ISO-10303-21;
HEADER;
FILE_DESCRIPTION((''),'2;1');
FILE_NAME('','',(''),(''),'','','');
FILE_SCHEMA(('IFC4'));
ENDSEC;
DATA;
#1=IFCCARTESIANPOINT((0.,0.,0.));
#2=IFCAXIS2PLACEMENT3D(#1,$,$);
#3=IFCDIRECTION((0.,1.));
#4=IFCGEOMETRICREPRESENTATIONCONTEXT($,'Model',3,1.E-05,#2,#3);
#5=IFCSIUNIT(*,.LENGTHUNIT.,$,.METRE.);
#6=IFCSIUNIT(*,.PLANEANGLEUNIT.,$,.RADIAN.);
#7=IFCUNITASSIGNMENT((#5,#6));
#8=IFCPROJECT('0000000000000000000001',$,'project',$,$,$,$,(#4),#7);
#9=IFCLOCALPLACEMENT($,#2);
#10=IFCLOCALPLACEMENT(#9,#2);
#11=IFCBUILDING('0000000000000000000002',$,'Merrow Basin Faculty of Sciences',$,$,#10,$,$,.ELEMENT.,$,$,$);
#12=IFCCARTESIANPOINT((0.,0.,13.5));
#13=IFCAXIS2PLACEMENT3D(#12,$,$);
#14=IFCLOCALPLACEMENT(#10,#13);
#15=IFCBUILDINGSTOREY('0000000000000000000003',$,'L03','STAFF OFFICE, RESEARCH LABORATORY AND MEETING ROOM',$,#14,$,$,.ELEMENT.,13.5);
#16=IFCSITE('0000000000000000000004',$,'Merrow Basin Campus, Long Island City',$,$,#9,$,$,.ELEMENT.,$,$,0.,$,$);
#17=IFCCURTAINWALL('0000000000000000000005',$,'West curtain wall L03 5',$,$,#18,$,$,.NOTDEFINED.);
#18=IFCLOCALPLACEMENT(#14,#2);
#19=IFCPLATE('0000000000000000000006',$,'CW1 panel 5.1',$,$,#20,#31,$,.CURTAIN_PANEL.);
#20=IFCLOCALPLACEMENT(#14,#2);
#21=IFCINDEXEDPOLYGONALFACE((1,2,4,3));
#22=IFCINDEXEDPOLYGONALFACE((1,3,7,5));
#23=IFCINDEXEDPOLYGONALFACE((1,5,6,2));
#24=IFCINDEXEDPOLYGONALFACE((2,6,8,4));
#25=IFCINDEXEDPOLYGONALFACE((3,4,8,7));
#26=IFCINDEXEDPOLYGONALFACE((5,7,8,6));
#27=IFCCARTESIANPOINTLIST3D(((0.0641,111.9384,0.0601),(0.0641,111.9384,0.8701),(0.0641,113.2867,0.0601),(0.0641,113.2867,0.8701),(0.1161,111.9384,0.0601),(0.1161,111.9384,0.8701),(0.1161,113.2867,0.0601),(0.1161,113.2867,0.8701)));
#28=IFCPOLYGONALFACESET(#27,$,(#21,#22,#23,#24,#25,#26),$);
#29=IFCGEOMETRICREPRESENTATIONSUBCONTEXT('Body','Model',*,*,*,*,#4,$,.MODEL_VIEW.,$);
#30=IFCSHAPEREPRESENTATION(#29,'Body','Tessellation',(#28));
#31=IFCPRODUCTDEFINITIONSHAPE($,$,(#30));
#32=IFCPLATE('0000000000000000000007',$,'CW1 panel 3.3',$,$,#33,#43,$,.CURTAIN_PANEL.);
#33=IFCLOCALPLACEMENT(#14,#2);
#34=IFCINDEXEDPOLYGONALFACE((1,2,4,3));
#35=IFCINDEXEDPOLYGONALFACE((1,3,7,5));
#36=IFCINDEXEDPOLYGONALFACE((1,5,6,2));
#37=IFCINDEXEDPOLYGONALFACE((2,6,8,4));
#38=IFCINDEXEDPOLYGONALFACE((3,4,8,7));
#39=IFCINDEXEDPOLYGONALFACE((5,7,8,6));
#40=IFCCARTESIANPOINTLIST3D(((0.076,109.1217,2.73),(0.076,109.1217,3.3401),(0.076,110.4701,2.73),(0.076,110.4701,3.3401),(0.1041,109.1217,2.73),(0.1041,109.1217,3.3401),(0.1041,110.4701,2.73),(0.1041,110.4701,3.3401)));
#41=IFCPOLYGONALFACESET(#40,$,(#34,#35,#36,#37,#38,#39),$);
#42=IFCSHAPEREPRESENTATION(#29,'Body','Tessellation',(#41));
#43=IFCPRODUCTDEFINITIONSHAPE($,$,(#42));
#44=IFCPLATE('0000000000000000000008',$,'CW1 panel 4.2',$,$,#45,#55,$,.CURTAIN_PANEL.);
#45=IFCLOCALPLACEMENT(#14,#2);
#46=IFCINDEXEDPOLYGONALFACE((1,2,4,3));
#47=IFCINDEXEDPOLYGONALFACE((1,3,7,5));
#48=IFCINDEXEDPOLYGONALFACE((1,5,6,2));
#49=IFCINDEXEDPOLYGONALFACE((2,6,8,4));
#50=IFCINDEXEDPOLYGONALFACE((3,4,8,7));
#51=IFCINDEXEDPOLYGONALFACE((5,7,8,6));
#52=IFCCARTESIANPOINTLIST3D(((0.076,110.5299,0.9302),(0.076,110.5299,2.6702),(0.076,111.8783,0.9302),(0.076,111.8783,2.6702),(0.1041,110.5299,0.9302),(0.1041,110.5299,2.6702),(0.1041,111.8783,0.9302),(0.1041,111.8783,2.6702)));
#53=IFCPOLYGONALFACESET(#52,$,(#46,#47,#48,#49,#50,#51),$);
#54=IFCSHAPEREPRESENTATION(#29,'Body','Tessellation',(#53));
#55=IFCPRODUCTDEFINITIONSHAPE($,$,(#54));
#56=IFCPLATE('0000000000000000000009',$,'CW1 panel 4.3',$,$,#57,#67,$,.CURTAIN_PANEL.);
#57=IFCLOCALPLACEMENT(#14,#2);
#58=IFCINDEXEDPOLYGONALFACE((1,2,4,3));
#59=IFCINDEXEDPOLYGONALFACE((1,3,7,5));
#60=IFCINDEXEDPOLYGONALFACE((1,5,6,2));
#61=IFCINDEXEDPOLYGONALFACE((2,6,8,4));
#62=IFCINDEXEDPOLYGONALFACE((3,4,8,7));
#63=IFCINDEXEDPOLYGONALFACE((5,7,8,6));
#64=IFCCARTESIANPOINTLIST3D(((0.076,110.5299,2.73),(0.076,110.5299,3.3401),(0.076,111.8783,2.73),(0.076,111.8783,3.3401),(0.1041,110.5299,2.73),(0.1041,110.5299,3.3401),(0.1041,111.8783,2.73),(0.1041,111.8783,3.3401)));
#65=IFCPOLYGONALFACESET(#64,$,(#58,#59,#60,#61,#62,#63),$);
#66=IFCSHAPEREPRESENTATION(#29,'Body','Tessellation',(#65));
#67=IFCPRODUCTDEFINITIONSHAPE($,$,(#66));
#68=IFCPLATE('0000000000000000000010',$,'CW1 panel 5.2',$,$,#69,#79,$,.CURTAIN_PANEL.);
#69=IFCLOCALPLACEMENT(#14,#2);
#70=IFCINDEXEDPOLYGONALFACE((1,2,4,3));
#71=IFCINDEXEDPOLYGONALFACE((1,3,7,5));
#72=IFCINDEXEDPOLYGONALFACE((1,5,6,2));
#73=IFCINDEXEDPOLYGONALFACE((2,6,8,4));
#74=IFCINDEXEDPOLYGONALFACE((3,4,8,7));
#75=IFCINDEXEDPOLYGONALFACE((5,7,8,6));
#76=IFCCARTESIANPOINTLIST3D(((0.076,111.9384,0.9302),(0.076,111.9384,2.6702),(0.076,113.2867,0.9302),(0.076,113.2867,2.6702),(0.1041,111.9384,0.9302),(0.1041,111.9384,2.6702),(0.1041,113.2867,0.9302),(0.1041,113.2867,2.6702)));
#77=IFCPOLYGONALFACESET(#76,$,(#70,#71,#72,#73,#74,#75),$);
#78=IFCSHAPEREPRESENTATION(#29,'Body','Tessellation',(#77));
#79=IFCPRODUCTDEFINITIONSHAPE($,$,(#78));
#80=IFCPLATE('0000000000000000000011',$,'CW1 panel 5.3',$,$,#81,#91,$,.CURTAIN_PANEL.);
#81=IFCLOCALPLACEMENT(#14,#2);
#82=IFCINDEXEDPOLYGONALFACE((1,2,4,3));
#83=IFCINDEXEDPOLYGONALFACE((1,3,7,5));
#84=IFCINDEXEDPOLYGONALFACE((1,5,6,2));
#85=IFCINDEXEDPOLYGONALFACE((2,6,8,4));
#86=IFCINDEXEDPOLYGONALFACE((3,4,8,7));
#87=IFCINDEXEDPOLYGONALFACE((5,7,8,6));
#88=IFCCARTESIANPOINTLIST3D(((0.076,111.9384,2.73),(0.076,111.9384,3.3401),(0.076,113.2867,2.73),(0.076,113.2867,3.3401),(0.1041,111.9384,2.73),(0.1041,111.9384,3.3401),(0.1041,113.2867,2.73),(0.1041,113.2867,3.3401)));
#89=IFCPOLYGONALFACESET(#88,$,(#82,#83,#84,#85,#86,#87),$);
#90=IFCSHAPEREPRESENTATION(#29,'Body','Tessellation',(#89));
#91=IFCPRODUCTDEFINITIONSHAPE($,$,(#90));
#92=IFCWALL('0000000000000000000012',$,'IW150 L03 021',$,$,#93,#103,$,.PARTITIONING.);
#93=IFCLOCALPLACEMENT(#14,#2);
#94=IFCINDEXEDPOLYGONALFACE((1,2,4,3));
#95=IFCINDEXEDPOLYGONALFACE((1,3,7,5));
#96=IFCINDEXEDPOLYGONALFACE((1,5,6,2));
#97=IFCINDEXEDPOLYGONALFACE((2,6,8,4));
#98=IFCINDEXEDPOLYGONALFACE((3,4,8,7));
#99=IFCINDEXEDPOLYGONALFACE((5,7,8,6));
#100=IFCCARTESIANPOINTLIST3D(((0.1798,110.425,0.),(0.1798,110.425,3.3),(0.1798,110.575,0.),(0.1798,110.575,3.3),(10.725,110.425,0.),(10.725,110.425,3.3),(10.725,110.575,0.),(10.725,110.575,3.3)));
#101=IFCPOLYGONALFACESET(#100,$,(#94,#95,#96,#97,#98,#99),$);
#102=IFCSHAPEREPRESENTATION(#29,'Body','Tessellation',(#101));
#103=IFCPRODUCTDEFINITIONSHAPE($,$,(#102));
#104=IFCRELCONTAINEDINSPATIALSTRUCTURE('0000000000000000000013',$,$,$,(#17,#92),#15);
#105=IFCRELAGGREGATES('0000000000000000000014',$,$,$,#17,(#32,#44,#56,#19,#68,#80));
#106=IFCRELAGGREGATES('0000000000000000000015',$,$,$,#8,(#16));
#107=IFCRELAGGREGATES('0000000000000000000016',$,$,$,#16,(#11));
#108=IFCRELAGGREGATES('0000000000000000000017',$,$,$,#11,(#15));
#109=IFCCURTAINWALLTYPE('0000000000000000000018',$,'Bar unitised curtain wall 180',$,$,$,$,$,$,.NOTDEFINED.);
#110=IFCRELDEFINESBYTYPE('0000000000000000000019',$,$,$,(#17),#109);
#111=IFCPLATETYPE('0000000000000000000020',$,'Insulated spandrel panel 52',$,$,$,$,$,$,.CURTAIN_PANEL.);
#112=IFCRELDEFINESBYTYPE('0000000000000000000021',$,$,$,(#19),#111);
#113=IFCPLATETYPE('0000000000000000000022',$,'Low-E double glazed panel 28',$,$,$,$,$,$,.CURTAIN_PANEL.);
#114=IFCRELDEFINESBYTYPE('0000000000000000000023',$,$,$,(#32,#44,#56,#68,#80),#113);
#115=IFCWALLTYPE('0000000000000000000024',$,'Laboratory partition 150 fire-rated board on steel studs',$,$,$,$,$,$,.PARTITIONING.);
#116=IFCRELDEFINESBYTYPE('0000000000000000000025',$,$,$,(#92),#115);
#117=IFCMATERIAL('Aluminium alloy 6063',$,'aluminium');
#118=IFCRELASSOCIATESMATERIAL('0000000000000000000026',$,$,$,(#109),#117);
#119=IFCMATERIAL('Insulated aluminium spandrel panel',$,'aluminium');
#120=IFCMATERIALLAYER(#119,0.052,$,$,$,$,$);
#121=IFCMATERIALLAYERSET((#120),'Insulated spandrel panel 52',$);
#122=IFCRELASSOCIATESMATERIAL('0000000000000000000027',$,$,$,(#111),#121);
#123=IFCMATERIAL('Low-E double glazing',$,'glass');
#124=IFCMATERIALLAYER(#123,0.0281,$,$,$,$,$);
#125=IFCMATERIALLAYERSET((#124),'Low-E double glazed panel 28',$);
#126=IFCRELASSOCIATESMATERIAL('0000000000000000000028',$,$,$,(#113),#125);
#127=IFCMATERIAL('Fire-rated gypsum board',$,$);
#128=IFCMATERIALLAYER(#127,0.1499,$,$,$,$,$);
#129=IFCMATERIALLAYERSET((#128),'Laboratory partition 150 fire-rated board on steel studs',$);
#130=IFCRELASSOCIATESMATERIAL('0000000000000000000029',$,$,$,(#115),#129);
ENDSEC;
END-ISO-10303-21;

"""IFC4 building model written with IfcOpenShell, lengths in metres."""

from ifc_helpers import new_model, si_unit, direction, frame, frame_2d, origin, origin_2d, place, context, subcontext, project, spatial, rectangle, extrude, material, layer, layer_set, type_object, element, aggregate, save


model = new_model("IFC4")

# Units and contexts
model_context = context("Model", 3, precision=1e-05, world=origin(), true_north=direction((0.0, 1.0)))
body_context = subcontext(model_context, "Body", "Model", "MODEL_VIEW")
ifc_project = project(units=[si_unit("LENGTHUNIT", "METRE"), si_unit("PLANEANGLEUNIT", "RADIAN")], contexts=[model_context])

# Site, building, storey
site_placement = place(None, origin())
site = spatial("IfcSite", under=ifc_project, at=site_placement, Name="Merrow Basin Campus, Long Island City", CompositionType="ELEMENT", RefElevation=0.0)
building_placement = place(site_placement, origin())
building = spatial("IfcBuilding", under=site, at=building_placement, Name="Merrow Basin Faculty of Sciences", CompositionType="ELEMENT")
storey_placement = place(building_placement, frame((0.0, 0.0, 13.5)))
storey = spatial("IfcBuildingStorey", under=building, at=storey_placement, Name="L03", Description="STAFF OFFICE, RESEARCH LABORATORY AND MEETING ROOM", CompositionType="ELEMENT", Elevation=13.5)

# Curtain wall, plates
ifc_material_1 = material(Name="Aluminium alloy 6063", Category="aluminium")
curtain_wall_type = type_object("IfcCurtainWallType", Name="Bar unitised curtain wall 180", PredefinedType="NOTDEFINED", material=ifc_material_1)
curtain_wall_placement = place(storey_placement, origin())
curtain_wall = element("IfcCurtainWall", 1, at=curtain_wall_placement, inside=storey, type_object=curtain_wall_type, Name="West curtain wall L03 5", PredefinedType="NOTDEFINED")
ifc_material_2 = material(Name="Insulated aluminium spandrel panel", Category="aluminium")
ifc_layer_1 = layer(ifc_material_2, 0.052)
ifc_layer_set_1 = layer_set([ifc_layer_1], Name="Insulated spandrel panel 52")
plate_type_1 = type_object("IfcPlateType", Name="Insulated spandrel panel 52", PredefinedType="CURTAIN_PANEL", material=ifc_layer_set_1)
plate_1_placement = place(storey_placement, frame((0.0901, 112.6125, 0.0601), z_axis=(0.0, 0.0, 1.0), x_axis=(0.0, 1.0, 0.0)))
plate_1 = element("IfcPlate", 2, at=plate_1_placement, type_object=plate_type_1, Name="CW1 panel 5.1", PredefinedType="CURTAIN_PANEL", context=body_context, shape_type="SweptSolid", body=[
    extrude(rectangle(XDim=1.3484, YDim=0.052, at=origin_2d()), origin(), (0.0, 0.0, 1.0), 0.8101),
])
ifc_material_3 = material(Name="Low-E double glazing", Category="glass")
ifc_layer_2 = layer(ifc_material_3, 0.0281)
ifc_layer_set_2 = layer_set([ifc_layer_2], Name="Low-E double glazed panel 28")
plate_type_2 = type_object("IfcPlateType", Name="Low-E double glazed panel 28", PredefinedType="CURTAIN_PANEL", material=ifc_layer_set_2)
plate_2_placement = place(storey_placement, frame((0.0901, 109.7959, 2.73), z_axis=(0.0, 0.0, 1.0), x_axis=(0.0, 1.0, 0.0)))
plate_2 = element("IfcPlate", 3, at=plate_2_placement, type_object=plate_type_2, Name="CW1 panel 3.3", PredefinedType="CURTAIN_PANEL", context=body_context, shape_type="SweptSolid", body=[
    extrude(rectangle(XDim=1.3484, YDim=0.0281, at=origin_2d()), origin(), (0.0, 0.0, 1.0), 0.6101),
])
plate_3_placement = place(storey_placement, frame((0.0901, 111.2041, 0.9302), z_axis=(0.0, 0.0, 1.0), x_axis=(0.0, 1.0, 0.0)))
plate_3 = element("IfcPlate", 4, at=plate_3_placement, type_object=plate_type_2, Name="CW1 panel 4.2", PredefinedType="CURTAIN_PANEL", context=body_context, shape_type="SweptSolid", body=[
    extrude(rectangle(XDim=1.3484, YDim=0.0281, at=origin_2d()), origin(), (0.0, 0.0, 1.0), 1.74),
])
plate_4_placement = place(storey_placement, frame((0.0901, 111.2041, 2.73), z_axis=(0.0, 0.0, 1.0), x_axis=(0.0, 1.0, 0.0)))
plate_4 = element("IfcPlate", 5, at=plate_4_placement, type_object=plate_type_2, Name="CW1 panel 4.3", PredefinedType="CURTAIN_PANEL", context=body_context, shape_type="SweptSolid", body=[
    extrude(rectangle(XDim=1.3484, YDim=0.0281, at=origin_2d()), origin(), (0.0, 0.0, 1.0), 0.6101),
])
plate_5_placement = place(storey_placement, frame((0.0901, 112.6125, 0.9302), z_axis=(0.0, 0.0, 1.0), x_axis=(0.0, 1.0, 0.0)))
plate_5 = element("IfcPlate", 6, at=plate_5_placement, type_object=plate_type_2, Name="CW1 panel 5.2", PredefinedType="CURTAIN_PANEL", context=body_context, shape_type="SweptSolid", body=[
    extrude(rectangle(XDim=1.3484, YDim=0.0281, at=origin_2d()), origin(), (0.0, 0.0, 1.0), 1.74),
])
plate_6_placement = place(storey_placement, frame((0.0901, 112.6125, 2.73), z_axis=(0.0, 0.0, 1.0), x_axis=(0.0, 1.0, 0.0)))
plate_6 = element("IfcPlate", 7, at=plate_6_placement, type_object=plate_type_2, Name="CW1 panel 5.3", PredefinedType="CURTAIN_PANEL", context=body_context, shape_type="SweptSolid", body=[
    extrude(rectangle(XDim=1.3484, YDim=0.0281, at=origin_2d()), origin(), (0.0, 0.0, 1.0), 0.6101),
])
aggregate(curtain_wall, [plate_2, plate_3, plate_4, plate_1, plate_5, plate_6])

# Wall
ifc_material_4 = material(Name="Fire-rated gypsum board")
ifc_layer_3 = layer(ifc_material_4, 0.1499)
ifc_layer_set_3 = layer_set([ifc_layer_3], Name="Laboratory partition 150 fire-rated board on steel studs")
wall_type = type_object("IfcWallType", Name="Laboratory partition 150 fire-rated board on steel studs", PredefinedType="PARTITIONING", material=ifc_layer_set_3)
wall_placement = place(storey_placement, frame((0.1799, 110.5, 0.0), z_axis=(0.0, 0.0, 1.0), x_axis=(1.0, 0.0, 0.0)))
element("IfcWall", 8, at=wall_placement, inside=storey, type_object=wall_type, Name="IW150 L03 021", PredefinedType="PARTITIONING", context=body_context, shape_type="SweptSolid", body=[
    extrude(rectangle(XDim=10.5452, YDim=0.1499, at=frame_2d((5.2725, 0.0))), origin(), (0.0, 0.0, 1.0), 3.3),
])

save(model, "model.ifc")
